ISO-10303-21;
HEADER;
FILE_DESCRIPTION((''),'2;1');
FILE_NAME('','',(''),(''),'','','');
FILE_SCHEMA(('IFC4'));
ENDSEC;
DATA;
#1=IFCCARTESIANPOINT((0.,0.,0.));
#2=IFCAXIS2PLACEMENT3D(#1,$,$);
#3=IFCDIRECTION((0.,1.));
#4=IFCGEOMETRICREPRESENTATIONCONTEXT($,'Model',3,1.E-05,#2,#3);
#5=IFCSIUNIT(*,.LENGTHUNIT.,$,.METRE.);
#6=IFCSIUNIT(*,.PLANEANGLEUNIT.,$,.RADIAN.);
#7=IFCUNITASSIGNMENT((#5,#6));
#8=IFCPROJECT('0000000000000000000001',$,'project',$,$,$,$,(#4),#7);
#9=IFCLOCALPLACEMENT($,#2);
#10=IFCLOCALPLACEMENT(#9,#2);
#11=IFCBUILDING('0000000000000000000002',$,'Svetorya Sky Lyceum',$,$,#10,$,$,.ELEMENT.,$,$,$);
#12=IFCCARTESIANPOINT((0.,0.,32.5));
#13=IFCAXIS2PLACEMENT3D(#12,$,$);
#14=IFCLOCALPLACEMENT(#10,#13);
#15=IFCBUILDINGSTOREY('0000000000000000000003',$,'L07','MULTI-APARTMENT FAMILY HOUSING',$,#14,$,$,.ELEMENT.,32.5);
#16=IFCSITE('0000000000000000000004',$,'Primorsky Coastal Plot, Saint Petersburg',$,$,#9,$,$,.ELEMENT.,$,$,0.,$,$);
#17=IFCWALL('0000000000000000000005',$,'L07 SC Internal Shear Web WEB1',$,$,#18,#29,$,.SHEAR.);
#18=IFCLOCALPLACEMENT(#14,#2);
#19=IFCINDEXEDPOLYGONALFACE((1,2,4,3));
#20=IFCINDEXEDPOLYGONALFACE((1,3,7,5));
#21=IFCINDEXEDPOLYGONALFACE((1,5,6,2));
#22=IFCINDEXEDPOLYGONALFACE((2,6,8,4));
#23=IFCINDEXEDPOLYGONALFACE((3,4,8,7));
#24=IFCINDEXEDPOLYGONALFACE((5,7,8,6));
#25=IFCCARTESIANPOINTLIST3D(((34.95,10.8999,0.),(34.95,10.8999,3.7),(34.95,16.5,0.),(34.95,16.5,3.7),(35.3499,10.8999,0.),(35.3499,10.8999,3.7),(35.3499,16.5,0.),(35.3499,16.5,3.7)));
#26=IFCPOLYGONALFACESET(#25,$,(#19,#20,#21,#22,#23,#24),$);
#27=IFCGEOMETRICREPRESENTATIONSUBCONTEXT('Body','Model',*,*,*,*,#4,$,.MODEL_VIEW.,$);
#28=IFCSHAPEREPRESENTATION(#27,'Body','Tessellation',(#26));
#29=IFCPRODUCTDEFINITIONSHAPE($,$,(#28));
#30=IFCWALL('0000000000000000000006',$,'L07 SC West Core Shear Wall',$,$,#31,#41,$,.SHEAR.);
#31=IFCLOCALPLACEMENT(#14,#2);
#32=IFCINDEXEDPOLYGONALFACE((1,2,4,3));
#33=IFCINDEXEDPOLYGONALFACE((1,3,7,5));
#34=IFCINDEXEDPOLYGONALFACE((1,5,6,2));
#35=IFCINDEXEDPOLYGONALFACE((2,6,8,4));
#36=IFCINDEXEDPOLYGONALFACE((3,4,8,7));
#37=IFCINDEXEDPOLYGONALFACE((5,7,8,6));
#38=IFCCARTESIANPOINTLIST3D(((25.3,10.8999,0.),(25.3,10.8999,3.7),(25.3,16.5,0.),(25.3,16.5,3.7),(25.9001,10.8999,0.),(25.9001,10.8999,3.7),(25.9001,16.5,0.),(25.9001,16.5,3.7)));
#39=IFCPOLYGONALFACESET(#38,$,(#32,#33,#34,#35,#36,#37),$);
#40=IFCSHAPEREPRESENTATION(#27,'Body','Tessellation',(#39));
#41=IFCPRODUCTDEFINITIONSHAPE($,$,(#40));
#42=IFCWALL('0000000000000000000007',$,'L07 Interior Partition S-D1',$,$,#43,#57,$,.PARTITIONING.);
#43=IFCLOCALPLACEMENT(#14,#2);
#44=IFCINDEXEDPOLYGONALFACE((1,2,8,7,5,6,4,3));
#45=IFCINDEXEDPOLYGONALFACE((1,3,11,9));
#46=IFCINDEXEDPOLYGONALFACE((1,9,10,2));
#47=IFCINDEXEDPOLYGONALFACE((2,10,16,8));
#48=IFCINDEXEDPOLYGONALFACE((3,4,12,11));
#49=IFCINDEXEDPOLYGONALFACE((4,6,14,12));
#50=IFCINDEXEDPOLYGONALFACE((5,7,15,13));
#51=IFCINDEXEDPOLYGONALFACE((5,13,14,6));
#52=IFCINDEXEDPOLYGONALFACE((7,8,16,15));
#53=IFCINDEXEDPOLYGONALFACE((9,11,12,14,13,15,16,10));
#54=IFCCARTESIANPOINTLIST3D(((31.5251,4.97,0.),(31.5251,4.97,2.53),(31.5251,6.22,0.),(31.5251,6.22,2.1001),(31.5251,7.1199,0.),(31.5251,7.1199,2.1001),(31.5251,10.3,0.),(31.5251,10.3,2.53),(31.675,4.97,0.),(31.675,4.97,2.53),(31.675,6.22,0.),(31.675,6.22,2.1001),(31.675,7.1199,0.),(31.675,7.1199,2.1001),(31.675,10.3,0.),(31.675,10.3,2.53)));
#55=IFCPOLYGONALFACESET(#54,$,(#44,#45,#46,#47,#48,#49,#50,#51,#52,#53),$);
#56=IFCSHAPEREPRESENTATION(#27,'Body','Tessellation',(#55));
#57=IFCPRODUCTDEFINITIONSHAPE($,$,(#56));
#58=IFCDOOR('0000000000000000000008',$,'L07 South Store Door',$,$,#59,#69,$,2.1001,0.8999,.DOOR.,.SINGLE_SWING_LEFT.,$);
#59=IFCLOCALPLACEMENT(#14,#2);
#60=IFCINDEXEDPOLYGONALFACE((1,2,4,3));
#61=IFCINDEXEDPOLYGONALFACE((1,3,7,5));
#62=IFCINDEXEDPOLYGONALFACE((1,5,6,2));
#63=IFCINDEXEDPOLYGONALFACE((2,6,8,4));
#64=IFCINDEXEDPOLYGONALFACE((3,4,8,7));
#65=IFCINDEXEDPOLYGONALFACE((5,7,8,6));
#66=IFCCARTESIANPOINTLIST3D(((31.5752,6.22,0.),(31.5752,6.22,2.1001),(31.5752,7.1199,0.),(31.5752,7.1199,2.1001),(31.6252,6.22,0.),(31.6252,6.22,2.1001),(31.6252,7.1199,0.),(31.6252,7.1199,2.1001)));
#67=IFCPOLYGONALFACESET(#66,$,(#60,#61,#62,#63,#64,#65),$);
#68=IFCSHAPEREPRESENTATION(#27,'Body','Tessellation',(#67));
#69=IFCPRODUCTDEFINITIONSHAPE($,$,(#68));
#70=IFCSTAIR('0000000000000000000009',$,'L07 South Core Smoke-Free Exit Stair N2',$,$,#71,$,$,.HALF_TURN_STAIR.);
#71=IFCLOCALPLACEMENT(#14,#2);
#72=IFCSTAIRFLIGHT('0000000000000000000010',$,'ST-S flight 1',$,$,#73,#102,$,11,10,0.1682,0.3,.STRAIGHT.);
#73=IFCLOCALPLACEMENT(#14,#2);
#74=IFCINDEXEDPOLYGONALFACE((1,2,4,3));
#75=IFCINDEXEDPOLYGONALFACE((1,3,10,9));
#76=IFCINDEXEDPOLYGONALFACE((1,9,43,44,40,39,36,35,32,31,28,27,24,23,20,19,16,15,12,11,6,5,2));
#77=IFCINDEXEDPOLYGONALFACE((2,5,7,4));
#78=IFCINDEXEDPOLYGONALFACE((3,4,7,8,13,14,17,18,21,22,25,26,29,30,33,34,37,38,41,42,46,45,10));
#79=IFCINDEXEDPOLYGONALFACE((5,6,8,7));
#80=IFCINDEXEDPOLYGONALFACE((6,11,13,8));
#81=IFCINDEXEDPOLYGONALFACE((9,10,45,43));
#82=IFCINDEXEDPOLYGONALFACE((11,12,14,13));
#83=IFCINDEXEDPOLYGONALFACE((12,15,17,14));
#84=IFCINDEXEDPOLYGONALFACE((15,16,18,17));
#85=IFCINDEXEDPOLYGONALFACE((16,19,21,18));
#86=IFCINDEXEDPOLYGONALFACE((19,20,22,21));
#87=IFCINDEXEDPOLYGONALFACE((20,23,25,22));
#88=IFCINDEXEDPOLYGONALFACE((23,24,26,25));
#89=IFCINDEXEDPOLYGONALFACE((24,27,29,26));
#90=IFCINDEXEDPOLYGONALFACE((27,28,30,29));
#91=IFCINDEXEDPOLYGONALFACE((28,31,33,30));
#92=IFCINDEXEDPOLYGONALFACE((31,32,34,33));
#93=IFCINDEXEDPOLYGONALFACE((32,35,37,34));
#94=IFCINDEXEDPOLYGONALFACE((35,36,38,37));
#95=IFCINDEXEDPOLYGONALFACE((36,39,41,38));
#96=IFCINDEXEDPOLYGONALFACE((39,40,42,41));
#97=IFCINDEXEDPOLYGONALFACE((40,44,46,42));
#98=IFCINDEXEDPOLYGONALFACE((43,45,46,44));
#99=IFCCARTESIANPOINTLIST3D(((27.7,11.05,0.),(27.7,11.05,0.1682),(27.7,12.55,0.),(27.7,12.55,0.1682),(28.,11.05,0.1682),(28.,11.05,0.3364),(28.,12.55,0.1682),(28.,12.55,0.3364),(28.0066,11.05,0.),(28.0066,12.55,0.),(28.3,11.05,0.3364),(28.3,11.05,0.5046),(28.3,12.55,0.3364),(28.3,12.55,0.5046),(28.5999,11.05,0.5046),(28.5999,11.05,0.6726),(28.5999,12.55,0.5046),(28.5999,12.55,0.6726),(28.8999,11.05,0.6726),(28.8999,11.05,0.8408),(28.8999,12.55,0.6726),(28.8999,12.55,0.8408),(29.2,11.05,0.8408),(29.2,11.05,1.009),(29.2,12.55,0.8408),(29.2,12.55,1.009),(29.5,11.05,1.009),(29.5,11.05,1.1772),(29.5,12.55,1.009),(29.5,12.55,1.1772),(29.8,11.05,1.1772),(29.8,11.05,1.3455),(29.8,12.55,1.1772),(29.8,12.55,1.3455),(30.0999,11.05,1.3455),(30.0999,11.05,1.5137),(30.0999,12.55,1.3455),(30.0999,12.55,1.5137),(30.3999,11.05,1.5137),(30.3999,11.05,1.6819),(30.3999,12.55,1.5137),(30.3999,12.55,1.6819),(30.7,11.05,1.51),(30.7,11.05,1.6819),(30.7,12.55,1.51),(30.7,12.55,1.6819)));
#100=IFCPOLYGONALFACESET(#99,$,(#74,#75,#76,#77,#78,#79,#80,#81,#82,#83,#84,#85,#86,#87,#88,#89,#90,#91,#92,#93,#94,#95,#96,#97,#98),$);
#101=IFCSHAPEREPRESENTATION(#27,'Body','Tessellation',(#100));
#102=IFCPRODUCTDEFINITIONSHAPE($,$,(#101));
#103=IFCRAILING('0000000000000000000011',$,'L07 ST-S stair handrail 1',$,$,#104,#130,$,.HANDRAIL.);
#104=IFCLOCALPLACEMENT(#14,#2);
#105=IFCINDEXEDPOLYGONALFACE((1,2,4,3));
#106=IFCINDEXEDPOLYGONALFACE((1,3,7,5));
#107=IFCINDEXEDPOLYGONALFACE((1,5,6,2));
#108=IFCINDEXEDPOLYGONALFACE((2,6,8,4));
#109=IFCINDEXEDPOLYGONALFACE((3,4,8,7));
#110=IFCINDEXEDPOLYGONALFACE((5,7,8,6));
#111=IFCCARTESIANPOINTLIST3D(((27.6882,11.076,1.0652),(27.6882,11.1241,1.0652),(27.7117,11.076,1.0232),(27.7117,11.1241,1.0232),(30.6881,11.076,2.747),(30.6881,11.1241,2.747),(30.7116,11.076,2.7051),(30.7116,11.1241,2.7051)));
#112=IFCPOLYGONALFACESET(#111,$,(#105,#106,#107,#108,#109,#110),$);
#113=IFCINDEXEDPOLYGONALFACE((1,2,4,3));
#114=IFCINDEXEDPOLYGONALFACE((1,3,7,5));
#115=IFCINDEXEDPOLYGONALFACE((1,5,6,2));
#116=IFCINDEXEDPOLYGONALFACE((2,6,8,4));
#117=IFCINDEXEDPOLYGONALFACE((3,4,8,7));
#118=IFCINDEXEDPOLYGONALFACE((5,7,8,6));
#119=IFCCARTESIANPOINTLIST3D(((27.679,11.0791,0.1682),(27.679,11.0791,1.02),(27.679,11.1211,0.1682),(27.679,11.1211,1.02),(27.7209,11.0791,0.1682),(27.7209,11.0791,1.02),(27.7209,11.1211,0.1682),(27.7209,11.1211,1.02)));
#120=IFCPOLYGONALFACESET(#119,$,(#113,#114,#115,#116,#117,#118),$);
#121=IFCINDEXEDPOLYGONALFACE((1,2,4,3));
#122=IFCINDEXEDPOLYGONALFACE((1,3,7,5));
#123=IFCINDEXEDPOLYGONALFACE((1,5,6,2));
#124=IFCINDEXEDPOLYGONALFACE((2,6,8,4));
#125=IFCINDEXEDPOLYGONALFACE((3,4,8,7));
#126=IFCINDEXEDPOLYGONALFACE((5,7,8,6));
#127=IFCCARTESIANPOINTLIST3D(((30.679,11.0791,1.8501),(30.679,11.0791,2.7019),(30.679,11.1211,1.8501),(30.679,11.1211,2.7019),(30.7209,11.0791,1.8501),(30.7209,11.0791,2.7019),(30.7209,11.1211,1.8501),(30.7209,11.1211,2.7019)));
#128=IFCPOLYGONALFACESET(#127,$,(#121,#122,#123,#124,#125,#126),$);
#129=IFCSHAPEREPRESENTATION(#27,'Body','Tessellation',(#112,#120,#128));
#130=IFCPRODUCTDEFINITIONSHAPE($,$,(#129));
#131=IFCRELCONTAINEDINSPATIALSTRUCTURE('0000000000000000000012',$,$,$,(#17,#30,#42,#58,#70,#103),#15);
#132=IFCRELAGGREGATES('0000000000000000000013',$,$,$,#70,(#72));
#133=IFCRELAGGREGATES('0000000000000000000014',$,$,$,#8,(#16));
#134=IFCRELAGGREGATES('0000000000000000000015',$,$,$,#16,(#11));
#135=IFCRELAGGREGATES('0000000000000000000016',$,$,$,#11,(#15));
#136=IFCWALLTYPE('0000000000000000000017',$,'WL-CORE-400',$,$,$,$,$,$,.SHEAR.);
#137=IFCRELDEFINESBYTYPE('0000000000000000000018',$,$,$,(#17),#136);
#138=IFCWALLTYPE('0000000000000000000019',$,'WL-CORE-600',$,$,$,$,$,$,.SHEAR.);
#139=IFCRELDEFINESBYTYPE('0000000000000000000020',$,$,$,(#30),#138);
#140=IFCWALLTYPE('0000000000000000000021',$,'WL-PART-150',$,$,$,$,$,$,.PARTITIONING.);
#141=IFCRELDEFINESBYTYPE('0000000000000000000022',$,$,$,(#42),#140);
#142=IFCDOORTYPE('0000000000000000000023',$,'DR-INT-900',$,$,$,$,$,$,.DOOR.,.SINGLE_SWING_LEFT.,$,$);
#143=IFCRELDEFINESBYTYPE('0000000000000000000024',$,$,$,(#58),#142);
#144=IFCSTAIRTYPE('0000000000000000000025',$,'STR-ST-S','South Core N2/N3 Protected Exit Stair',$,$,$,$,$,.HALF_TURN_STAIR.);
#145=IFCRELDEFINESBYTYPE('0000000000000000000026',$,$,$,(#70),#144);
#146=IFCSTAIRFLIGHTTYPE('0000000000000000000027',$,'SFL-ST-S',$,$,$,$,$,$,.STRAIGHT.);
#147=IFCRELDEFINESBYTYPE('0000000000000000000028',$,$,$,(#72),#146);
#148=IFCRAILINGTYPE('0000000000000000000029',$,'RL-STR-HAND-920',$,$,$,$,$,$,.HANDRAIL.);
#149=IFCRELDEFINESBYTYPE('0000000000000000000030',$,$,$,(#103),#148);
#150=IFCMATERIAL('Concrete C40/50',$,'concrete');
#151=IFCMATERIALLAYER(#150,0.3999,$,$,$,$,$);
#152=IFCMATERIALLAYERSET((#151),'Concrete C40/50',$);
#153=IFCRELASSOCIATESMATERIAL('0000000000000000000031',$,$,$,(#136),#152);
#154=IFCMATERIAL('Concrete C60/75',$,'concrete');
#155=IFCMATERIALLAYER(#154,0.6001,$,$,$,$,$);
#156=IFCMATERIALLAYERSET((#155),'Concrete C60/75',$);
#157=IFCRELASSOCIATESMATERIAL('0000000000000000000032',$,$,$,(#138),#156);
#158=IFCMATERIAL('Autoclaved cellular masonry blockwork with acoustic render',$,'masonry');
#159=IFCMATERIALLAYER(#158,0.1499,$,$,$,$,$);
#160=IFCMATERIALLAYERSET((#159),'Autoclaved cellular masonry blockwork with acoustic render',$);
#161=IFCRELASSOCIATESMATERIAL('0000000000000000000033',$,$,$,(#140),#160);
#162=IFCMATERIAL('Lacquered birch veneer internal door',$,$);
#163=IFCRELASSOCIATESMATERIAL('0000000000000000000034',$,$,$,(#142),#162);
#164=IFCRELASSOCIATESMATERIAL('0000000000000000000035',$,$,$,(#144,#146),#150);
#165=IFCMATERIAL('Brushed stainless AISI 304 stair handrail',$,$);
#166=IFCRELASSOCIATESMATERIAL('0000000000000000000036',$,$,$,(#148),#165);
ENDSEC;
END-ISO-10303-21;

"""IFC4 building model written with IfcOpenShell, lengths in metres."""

from ifc_helpers import new_model, si_unit, direction, frame, frame_2d, origin, origin_2d, place, context, subcontext, project, spatial, polyline, rectangle, outline, extrude, material, layer, layer_set, type_object, element, fill, aggregate, save


model = new_model("IFC4")

# Units and contexts
model_context = context("Model", 3, precision=1e-05, world=origin(), true_north=direction((0.0, 1.0)))
body_context = subcontext(model_context, "Body", "Model", "MODEL_VIEW")
ifc_project = project(units=[si_unit("LENGTHUNIT", "METRE"), si_unit("PLANEANGLEUNIT", "RADIAN")], contexts=[model_context])

# Site, building, storey
site_placement = place(None, origin())
site = spatial("IfcSite", under=ifc_project, at=site_placement, Name="Primorsky Coastal Plot, Saint Petersburg", CompositionType="ELEMENT", RefElevation=0.0)
building_placement = place(site_placement, origin())
building = spatial("IfcBuilding", under=site, at=building_placement, Name="Svetorya Sky Lyceum", CompositionType="ELEMENT")
storey_placement = place(building_placement, frame((0.0, 0.0, 32.5)))
storey = spatial("IfcBuildingStorey", under=building, at=storey_placement, Name="L07", Description="MULTI-APARTMENT FAMILY HOUSING", CompositionType="ELEMENT", Elevation=32.5)

# Shared definitions
ifc_material_1 = material(Name="Concrete C60/75", Category="concrete")

# Walls
ifc_material_2 = material(Name="Concrete C40/50", Category="concrete")
ifc_layer_1 = layer(ifc_material_2, 0.3999)
ifc_layer_set_1 = layer_set([ifc_layer_1], Name="Concrete C40/50")
wall_type_1 = type_object("IfcWallType", Name="WL-CORE-400", PredefinedType="SHEAR", material=ifc_layer_set_1)
wall_1_placement = place(storey_placement, frame((35.1499, 10.8999, 0.0), z_axis=(0.0, 0.0, 1.0), x_axis=(0.0, 1.0, 0.0)))
element("IfcWall", 1, at=wall_1_placement, inside=storey, type_object=wall_type_1, Name="L07 SC Internal Shear Web WEB1", PredefinedType="SHEAR", context=body_context, shape_type="SweptSolid", body=[
    extrude(rectangle(XDim=5.6001, YDim=0.3999, at=frame_2d((2.8, 0.0))), origin(), (0.0, 0.0, 1.0), 3.7),
])
ifc_layer_2 = layer(ifc_material_1, 0.6001)
ifc_layer_set_2 = layer_set([ifc_layer_2], Name="Concrete C60/75")
wall_type_2 = type_object("IfcWallType", Name="WL-CORE-600", PredefinedType="SHEAR", material=ifc_layer_set_2)
wall_2_placement = place(storey_placement, frame((25.6001, 10.8999, 0.0), z_axis=(0.0, 0.0, 1.0), x_axis=(0.0, 1.0, 0.0)))
element("IfcWall", 2, at=wall_2_placement, inside=storey, type_object=wall_type_2, Name="L07 SC West Core Shear Wall", PredefinedType="SHEAR", context=body_context, shape_type="SweptSolid", body=[
    extrude(rectangle(XDim=5.6001, YDim=0.6001, at=frame_2d((2.8, 0.0))), origin(), (0.0, 0.0, 1.0), 3.7),
])

# Wall, opening, door
ifc_material_3 = material(Name="Autoclaved cellular masonry blockwork with acoustic render", Category="masonry")
ifc_layer_3 = layer(ifc_material_3, 0.1499)
ifc_layer_set_3 = layer_set([ifc_layer_3], Name="Autoclaved cellular masonry blockwork with acoustic render")
wall_type_3 = type_object("IfcWallType", Name="WL-PART-150", PredefinedType="PARTITIONING", material=ifc_layer_set_3)
wall_3_placement = place(storey_placement, frame((31.6001, 4.97, 0.0), z_axis=(0.0, 0.0, 1.0), x_axis=(0.0, 1.0, 0.0)))
wall_3 = element("IfcWall", 3, at=wall_3_placement, inside=storey, type_object=wall_type_3, Name="L07 Interior Partition S-D1", PredefinedType="PARTITIONING", context=body_context, shape_type="SweptSolid", body=[
    extrude(rectangle(XDim=5.3301, YDim=0.1499, at=frame_2d((2.665, 0.0))), origin(), (0.0, 0.0, 1.0), 2.53),
])
opening_placement = place(wall_3_placement, frame((1.25, 0.0, 0.0)))
opening = element("IfcOpeningElement", 4, at=opening_placement, cuts=wall_3, PredefinedType="OPENING", context=body_context, shape_type="SweptSolid", body=[
    extrude(rectangle(XDim=0.8999, YDim=2.1001, at=frame_2d((0.45, 1.05))), frame((0.0, 0.085, 0.0), z_axis=(0.0, -1.0, 0.0), x_axis=(1.0, 0.0, 0.0)), (0.0, 0.0, 1.0), 0.1699),
])
ifc_material_4 = material(Name="Lacquered birch veneer internal door")
door_type = type_object("IfcDoorType", Name="DR-INT-900", OperationType="SINGLE_SWING_LEFT", PredefinedType="DOOR", material=ifc_material_4)
door_placement = place(opening_placement, origin())
door = element("IfcDoor", 5, at=door_placement, inside=storey, type_object=door_type, Name="L07 South Store Door", OperationType="SINGLE_SWING_LEFT", OverallHeight=2.1001, OverallWidth=0.8999, PredefinedType="DOOR", context=body_context, shape_type="SweptSolid", body=[
    extrude(rectangle(XDim=0.8999, YDim=2.1001, at=frame_2d((0.45, 1.05))), frame((0.0, 0.0249, 0.0), z_axis=(0.0, -1.0, 0.0), x_axis=(1.0, 0.0, 0.0)), (0.0, 0.0, 1.0), 0.05),
])
fill(opening, door)

# Stair, stair flight
stair_type = type_object("IfcStairType", Name="STR-ST-S", Description="South Core N2/N3 Protected Exit Stair", PredefinedType="HALF_TURN_STAIR", material=ifc_material_2)
stair_placement = place(storey_placement, origin())
stair = element("IfcStair", 6, at=stair_placement, inside=storey, type_object=stair_type, Name="L07 South Core Smoke-Free Exit Stair N2", PredefinedType="HALF_TURN_STAIR")
stair_flight_type = type_object("IfcStairFlightType", Name="SFL-ST-S", PredefinedType="STRAIGHT", material=ifc_material_2)
stair_flight_placement = place(storey_placement, frame((27.7, 11.8, 0.0), z_axis=(0.0, 0.0, 1.0), x_axis=(1.0, 0.0, 0.0)))
stair_flight = element("IfcStairFlight", 7, at=stair_flight_placement, type_object=stair_flight_type, Name="ST-S flight 1", NumberOfRisers=11, NumberOfTreads=10, PredefinedType="STRAIGHT", RiserHeight=0.1682, TreadLength=0.3, context=body_context, shape_type="SweptSolid", body=[
    extrude(outline(polyline([(0.0, 0.0), (0.0, 0.1682), (0.3, 0.1682), (0.3, 0.3364), (0.6001, 0.3364), (0.6001, 0.5046), (0.8999, 0.5046), (0.8999, 0.6726), (1.2, 0.6726), (1.2, 0.8408), (1.5, 0.8408), (1.5, 1.009), (1.8, 1.009), (1.8, 1.1772), (2.1001, 1.1772), (2.1001, 1.3455), (2.3999, 1.3455), (2.3999, 1.5137), (2.7, 1.5137), (2.7, 1.6819), (3.0, 1.6819), (3.0, 1.8501), (3.0, 1.51), (0.3066, 0.0), (0.0, 0.0)])), frame((0.0, 0.75, 0.0), z_axis=(0.0, -1.0, 0.0), x_axis=(1.0, 0.0, 0.0)), (0.0, 0.0, 1.0), 1.5),
])
aggregate(stair, [stair_flight])

# Railing
ifc_material_5 = material(Name="Brushed stainless AISI 304 stair handrail")
railing_type = type_object("IfcRailingType", Name="RL-STR-HAND-920", PredefinedType="HANDRAIL", material=ifc_material_5)
railing_placement = place(storey_placement, frame((27.7, 11.1001, 0.1682)))
element("IfcRailing", 8, at=railing_placement, inside=storey, type_object=railing_type, Name="L07 ST-S stair handrail 1", PredefinedType="HANDRAIL", context=body_context, shape_type="SweptSolid", body=[
    extrude(rectangle(XDim=0.0481, YDim=0.0481, at=origin_2d()), frame((0.0, 0.0, 0.876), z_axis=(0.872272, 0.0, 0.48902), x_axis=(0.0, 1.0, 0.0)), (0.0, 0.0, 1.0), 3.4392),
    extrude(rectangle(XDim=0.042, YDim=0.042, at=origin_2d()), origin(), (0.0, 0.0, 1.0), 0.8518),
    extrude(rectangle(XDim=0.042, YDim=0.042, at=origin_2d()), frame((3.0, 0.0, 1.6819)), (0.0, 0.0, 1.0), 0.8518),
])

save(model, "model.ifc")
